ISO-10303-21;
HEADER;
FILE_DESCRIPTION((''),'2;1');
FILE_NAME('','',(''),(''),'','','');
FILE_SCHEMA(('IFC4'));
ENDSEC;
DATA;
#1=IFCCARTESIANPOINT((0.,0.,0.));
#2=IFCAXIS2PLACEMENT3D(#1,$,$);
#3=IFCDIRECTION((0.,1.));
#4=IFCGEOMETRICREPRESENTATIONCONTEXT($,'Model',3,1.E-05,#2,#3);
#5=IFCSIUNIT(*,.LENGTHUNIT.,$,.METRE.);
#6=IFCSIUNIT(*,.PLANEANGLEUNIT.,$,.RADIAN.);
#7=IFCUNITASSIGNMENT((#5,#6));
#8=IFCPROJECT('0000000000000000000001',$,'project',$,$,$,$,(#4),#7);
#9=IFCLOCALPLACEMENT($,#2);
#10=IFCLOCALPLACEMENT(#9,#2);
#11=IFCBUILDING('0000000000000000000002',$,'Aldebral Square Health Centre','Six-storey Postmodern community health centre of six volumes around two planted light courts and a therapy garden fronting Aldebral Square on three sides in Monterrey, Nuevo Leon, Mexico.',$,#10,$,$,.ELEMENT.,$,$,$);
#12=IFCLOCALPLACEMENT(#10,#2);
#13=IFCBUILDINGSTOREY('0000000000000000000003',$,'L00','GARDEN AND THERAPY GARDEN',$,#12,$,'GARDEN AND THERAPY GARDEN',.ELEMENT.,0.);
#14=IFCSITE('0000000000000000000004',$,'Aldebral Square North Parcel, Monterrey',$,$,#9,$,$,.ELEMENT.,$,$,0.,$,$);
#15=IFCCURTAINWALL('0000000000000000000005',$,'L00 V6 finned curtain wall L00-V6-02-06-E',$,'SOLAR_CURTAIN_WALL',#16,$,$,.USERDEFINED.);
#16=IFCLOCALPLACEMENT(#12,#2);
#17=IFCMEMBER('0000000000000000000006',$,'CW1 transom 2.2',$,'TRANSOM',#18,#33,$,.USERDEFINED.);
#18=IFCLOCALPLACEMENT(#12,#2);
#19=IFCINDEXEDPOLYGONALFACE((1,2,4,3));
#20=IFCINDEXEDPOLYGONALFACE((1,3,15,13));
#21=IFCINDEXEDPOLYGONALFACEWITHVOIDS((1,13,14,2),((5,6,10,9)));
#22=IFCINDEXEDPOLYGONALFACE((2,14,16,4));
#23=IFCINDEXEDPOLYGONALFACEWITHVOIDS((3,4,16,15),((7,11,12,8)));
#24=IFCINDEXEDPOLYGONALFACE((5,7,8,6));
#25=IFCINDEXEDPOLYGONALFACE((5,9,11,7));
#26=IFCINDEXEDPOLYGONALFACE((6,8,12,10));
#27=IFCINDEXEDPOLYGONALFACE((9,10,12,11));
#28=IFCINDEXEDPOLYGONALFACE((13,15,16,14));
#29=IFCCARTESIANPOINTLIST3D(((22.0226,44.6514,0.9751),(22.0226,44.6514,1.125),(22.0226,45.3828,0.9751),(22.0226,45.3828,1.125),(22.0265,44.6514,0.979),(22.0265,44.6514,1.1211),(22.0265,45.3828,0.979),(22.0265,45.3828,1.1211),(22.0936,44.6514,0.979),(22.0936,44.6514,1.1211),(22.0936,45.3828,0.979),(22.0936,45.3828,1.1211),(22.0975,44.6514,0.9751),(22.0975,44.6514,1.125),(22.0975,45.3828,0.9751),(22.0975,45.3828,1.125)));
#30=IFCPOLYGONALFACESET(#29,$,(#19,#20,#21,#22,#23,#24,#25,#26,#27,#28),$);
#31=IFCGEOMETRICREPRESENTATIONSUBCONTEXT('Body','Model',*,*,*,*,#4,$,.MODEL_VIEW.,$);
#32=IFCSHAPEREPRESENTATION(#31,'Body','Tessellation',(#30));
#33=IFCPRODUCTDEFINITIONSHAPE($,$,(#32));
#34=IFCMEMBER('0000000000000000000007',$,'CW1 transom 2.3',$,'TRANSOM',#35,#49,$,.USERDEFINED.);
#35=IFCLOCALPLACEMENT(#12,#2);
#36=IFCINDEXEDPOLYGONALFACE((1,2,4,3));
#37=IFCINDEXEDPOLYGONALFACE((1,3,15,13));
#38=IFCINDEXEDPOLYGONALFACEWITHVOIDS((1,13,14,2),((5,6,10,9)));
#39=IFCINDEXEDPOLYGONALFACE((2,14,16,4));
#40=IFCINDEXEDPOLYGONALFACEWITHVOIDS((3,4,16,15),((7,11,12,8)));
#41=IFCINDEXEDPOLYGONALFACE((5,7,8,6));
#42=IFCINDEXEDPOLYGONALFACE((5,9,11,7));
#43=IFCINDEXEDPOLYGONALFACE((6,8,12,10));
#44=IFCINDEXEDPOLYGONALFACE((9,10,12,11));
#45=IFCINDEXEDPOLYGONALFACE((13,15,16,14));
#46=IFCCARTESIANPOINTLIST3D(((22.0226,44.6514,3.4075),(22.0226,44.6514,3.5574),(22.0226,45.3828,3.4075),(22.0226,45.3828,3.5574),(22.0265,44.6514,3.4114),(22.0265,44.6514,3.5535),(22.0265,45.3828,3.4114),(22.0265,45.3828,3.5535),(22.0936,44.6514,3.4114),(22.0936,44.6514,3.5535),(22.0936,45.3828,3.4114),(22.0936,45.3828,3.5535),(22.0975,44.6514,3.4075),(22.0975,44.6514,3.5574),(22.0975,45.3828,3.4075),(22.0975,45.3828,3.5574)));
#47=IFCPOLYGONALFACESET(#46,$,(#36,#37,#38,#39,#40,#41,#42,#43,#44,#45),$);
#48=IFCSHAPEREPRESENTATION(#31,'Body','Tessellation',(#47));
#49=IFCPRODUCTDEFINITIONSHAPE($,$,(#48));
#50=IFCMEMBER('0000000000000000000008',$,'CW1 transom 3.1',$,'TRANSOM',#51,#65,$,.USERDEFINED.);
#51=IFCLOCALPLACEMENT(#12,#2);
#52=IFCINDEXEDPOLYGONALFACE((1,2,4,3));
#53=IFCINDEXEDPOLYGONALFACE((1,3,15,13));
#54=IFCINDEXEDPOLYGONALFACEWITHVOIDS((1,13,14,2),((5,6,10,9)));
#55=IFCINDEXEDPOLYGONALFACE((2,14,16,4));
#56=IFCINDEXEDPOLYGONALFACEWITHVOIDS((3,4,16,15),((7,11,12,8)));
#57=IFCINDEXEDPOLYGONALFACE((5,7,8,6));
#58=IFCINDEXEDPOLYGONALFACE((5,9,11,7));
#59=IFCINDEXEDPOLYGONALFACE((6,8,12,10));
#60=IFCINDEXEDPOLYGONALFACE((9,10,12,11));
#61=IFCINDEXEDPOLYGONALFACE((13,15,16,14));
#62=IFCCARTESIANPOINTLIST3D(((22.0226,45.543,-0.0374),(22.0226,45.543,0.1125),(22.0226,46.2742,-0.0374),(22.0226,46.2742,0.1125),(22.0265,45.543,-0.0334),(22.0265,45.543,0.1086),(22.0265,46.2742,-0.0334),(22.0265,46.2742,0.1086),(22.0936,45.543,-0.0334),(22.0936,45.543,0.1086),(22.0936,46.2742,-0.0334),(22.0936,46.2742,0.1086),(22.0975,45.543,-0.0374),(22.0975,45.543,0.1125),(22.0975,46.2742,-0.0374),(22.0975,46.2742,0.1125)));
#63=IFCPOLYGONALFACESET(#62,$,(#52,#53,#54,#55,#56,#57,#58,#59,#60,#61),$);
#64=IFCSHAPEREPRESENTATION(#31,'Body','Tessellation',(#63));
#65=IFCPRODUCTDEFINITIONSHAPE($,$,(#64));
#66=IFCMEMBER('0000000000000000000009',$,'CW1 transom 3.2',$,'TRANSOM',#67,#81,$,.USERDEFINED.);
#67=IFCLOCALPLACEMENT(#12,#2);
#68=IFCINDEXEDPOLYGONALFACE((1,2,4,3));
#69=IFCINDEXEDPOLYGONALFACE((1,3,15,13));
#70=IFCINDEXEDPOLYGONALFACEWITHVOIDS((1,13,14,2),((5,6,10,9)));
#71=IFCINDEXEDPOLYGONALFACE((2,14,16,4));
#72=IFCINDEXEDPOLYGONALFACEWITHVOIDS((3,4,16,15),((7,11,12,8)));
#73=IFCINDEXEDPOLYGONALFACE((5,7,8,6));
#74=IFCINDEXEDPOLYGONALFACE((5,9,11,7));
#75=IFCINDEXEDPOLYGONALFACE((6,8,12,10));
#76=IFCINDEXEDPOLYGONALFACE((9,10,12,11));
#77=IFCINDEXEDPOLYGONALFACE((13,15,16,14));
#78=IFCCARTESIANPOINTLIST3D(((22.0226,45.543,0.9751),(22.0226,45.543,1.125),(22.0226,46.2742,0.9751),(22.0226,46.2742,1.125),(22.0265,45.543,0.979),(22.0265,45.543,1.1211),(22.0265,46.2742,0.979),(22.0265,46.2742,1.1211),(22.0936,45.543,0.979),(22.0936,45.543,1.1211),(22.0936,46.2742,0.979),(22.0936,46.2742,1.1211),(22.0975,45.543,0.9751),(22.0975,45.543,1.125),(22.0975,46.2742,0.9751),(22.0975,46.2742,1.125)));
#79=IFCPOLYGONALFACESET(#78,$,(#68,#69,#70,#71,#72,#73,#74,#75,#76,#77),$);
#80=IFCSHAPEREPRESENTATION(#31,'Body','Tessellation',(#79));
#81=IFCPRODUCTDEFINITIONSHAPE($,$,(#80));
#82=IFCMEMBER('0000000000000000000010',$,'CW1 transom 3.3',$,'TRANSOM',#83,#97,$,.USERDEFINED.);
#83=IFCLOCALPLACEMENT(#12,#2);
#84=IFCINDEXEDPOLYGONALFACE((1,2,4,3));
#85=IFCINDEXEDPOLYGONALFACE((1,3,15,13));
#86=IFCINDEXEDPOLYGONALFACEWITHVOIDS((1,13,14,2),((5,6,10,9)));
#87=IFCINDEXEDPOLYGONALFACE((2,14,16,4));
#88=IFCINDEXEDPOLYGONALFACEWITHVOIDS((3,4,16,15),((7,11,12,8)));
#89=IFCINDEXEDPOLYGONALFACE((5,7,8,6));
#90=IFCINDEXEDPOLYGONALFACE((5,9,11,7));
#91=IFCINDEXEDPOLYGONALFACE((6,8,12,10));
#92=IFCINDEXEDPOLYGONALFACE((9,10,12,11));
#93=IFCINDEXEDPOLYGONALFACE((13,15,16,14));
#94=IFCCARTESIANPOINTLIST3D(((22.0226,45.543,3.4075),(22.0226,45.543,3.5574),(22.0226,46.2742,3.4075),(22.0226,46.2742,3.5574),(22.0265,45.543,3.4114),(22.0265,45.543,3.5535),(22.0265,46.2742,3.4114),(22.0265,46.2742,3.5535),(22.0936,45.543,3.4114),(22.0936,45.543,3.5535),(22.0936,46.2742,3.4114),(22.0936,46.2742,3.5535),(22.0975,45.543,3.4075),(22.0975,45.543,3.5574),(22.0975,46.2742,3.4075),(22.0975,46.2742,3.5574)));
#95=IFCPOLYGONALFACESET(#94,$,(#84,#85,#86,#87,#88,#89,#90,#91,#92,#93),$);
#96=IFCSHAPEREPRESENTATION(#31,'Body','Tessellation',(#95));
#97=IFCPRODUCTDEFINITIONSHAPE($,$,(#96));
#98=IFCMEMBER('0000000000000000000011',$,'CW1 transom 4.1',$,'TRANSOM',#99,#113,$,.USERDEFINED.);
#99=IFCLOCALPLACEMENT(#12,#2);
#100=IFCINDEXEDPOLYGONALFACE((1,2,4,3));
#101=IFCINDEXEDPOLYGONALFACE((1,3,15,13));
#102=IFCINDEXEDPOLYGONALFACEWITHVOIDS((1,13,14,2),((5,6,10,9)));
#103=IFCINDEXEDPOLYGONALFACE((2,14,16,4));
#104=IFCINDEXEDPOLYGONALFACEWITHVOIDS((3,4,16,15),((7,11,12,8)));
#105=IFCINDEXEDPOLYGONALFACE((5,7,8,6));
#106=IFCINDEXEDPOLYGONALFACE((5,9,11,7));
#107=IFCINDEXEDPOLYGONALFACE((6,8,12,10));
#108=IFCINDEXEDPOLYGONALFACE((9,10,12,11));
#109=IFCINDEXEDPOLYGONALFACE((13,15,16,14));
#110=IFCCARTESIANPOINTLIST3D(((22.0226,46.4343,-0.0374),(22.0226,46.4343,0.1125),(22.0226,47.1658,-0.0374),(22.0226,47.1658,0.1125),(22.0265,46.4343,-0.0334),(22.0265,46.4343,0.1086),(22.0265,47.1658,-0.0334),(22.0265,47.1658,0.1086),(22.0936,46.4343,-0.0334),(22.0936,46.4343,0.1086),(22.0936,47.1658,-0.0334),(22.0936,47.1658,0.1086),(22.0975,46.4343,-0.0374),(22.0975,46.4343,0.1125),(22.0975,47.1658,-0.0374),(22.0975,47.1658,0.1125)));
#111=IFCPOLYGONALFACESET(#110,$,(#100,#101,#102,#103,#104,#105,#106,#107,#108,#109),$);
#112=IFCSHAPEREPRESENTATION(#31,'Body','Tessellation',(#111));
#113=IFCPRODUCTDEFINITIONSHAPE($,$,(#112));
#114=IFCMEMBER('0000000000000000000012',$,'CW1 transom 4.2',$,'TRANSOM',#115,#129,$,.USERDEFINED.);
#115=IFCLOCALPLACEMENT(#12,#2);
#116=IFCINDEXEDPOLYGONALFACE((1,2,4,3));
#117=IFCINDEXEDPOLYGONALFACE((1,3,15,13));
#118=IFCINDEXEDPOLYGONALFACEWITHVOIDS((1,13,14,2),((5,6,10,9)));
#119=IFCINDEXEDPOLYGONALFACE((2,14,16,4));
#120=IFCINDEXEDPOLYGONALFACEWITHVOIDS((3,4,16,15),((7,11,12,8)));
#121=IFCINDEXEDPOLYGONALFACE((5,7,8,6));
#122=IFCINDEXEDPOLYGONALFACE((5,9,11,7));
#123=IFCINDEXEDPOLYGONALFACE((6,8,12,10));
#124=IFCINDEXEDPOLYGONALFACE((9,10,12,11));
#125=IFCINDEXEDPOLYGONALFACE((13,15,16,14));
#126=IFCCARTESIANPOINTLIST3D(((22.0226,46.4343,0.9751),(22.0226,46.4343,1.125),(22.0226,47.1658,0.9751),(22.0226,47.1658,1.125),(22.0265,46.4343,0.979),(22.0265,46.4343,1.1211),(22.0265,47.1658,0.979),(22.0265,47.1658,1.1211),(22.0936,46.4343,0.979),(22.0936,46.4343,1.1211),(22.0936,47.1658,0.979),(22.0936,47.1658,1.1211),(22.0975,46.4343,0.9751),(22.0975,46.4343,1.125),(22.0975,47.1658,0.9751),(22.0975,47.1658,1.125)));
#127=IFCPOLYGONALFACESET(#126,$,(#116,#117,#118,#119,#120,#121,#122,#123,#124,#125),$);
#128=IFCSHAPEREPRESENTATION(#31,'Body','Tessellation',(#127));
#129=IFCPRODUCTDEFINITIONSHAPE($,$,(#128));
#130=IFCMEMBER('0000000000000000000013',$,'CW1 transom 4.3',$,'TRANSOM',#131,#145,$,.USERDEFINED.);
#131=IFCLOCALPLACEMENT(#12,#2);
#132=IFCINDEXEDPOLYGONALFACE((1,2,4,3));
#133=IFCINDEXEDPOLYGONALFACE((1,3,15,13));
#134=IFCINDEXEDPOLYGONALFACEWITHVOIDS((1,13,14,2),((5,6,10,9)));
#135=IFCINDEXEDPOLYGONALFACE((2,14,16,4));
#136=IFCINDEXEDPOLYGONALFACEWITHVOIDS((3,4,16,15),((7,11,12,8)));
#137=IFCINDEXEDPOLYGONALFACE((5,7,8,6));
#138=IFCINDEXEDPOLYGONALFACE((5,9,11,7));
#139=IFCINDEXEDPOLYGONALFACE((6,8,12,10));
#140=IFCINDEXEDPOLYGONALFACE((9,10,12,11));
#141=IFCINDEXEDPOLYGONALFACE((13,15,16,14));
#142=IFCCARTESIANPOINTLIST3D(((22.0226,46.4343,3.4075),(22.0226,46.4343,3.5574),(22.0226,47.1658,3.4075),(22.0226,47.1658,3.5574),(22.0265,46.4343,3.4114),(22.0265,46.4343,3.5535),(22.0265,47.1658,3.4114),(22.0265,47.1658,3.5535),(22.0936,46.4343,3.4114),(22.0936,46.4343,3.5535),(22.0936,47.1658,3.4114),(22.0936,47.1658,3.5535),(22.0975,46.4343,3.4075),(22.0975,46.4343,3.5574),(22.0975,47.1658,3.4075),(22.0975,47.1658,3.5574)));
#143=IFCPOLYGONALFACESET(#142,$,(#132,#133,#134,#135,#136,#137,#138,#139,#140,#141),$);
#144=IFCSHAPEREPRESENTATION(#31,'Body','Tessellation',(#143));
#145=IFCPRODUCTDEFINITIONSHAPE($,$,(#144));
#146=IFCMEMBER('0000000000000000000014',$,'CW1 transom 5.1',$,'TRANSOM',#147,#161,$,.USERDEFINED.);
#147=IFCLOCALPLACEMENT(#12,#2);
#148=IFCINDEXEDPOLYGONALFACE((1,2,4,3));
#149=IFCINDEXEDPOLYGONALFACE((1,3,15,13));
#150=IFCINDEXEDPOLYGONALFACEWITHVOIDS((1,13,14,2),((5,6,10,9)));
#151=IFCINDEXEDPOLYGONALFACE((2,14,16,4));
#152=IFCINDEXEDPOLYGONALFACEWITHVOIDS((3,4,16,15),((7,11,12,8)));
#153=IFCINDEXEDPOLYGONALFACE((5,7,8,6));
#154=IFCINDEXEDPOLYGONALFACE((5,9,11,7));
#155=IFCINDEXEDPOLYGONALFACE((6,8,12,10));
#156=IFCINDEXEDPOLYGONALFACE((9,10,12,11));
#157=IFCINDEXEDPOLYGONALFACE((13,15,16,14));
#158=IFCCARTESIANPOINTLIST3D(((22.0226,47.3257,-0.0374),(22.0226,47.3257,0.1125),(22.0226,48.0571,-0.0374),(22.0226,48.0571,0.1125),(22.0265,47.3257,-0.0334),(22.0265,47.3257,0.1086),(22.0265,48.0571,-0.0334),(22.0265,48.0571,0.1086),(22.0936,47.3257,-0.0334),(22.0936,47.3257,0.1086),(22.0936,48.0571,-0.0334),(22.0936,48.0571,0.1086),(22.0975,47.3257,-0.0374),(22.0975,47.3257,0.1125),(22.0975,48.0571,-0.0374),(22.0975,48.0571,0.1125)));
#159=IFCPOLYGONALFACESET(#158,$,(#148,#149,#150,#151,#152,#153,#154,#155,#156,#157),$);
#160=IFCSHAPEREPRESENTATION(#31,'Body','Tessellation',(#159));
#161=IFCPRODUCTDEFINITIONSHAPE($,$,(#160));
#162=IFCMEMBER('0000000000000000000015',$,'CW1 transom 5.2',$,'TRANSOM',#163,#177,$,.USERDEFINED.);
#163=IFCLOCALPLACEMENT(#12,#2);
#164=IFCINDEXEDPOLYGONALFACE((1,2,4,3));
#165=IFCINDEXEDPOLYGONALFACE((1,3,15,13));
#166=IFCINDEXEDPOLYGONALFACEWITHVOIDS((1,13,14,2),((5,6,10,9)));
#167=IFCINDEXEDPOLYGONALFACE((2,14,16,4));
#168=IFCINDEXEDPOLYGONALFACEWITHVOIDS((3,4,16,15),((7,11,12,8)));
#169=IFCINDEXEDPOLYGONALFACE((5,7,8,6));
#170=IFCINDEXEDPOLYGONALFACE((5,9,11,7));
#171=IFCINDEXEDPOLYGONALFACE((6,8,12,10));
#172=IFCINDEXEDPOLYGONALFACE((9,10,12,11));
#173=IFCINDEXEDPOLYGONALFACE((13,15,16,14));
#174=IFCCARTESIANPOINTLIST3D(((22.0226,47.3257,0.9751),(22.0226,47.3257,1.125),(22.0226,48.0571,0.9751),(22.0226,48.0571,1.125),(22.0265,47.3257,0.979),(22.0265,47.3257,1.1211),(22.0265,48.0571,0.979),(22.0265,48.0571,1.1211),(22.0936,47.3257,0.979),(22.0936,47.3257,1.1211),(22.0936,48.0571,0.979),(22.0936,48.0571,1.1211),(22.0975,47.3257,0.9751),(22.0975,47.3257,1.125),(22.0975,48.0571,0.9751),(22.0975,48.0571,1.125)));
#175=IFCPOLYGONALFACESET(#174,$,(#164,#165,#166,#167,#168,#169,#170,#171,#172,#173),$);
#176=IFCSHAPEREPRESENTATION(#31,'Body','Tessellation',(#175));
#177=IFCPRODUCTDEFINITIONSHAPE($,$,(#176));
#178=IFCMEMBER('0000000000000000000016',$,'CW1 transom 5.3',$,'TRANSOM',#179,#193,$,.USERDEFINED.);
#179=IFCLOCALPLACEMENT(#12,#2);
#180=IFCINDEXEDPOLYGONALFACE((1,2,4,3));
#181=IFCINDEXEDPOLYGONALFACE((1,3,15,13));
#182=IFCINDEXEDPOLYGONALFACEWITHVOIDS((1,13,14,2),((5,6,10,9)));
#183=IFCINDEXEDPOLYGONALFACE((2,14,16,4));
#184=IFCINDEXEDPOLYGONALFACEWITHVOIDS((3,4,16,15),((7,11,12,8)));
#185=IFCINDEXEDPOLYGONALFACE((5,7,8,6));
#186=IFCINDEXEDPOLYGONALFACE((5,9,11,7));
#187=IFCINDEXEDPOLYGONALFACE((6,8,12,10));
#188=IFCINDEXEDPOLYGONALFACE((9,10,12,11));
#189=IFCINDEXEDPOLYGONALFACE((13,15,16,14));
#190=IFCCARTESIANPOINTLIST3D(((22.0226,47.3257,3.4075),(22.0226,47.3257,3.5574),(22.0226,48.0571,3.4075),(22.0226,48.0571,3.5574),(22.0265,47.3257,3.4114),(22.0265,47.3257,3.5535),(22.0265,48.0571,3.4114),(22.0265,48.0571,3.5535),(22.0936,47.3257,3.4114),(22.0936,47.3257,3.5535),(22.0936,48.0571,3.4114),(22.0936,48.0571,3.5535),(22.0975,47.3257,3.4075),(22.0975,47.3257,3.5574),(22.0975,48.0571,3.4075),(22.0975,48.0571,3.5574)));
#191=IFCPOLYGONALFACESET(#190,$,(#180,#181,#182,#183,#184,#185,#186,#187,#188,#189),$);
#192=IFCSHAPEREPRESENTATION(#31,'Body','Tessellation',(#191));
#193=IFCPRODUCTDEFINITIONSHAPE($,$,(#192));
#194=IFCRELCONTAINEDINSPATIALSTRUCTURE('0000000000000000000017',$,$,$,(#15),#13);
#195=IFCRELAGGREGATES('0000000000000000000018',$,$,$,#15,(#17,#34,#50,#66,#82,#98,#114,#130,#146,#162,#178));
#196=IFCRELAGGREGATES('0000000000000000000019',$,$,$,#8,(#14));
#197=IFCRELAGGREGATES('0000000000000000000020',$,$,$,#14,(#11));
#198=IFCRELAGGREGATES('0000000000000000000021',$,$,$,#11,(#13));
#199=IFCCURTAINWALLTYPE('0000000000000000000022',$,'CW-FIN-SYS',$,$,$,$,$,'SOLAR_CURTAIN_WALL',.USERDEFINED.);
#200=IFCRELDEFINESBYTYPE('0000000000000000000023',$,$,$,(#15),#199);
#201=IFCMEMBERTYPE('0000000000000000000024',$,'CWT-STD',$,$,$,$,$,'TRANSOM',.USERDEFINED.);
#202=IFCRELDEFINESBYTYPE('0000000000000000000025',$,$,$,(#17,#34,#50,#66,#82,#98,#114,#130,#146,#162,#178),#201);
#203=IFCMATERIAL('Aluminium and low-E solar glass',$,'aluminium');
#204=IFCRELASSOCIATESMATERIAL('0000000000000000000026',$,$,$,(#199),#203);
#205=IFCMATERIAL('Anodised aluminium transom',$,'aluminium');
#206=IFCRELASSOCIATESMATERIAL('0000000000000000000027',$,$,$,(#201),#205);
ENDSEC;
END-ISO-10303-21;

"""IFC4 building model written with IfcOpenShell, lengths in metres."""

from ifc_helpers import new_model, si_unit, direction, frame, origin, origin_2d, place, context, subcontext, project, spatial, hollow_rectangle, extrude, material, material_profile, profile_set, type_object, element, aggregate, save


model = new_model("IFC4")

# Units and contexts
model_context = context("Model", 3, precision=1e-05, world=origin(), true_north=direction((0.0, 1.0)))
body_context = subcontext(model_context, "Body", "Model", "MODEL_VIEW")
ifc_project = project(units=[si_unit("LENGTHUNIT", "METRE"), si_unit("PLANEANGLEUNIT", "RADIAN")], contexts=[model_context])

# Site, building, storey
site_placement = place(None, origin())
site = spatial("IfcSite", under=ifc_project, at=site_placement, Name="Aldebral Square North Parcel, Monterrey", CompositionType="ELEMENT", RefElevation=0.0)
building_placement = place(site_placement, origin())
building = spatial("IfcBuilding", under=site, at=building_placement, Name="Aldebral Square Health Centre", Description="Six-storey Postmodern community health centre of six volumes around two planted light courts and a therapy garden fronting Aldebral Square on three sides in Monterrey, Nuevo Leon, Mexico.", CompositionType="ELEMENT")
storey_placement = place(building_placement, origin())
storey = spatial("IfcBuildingStorey", under=building, at=storey_placement, Name="L00", Description="GARDEN AND THERAPY GARDEN", LongName="GARDEN AND THERAPY GARDEN", CompositionType="ELEMENT", Elevation=0.0)

# Curtain wall, members
ifc_material_1 = material(Name="Aluminium and low-E solar glass", Category="aluminium")
curtain_wall_type = type_object("IfcCurtainWallType", Name="CW-FIN-SYS", ElementType="SOLAR_CURTAIN_WALL", PredefinedType="USERDEFINED", material=ifc_material_1)
curtain_wall_placement = place(storey_placement, origin())
curtain_wall = element("IfcCurtainWall", 1, at=curtain_wall_placement, inside=storey, type_object=curtain_wall_type, Name="L00 V6 finned curtain wall L00-V6-02-06-E", ObjectType="SOLAR_CURTAIN_WALL", PredefinedType="USERDEFINED")
ifc_material_2 = material(Name="Anodised aluminium transom", Category="aluminium")
ifc_material_profile_1 = material_profile(ifc_material_2, hollow_rectangle(XDim=0.075, YDim=0.1499, WallThickness=0.0039, at=origin_2d()), Name="CWT 75x150x4")
ifc_profile_set_1 = profile_set([ifc_material_profile_1], Name="Anodised aluminium transom")
member_type_1 = type_object("IfcMemberType", Name="CWT-STD", ElementType="TRANSOM", PredefinedType="USERDEFINED", material=ifc_profile_set_1)
member_1_placement = place(storey_placement, frame((22.0601, 44.6514, 1.05), z_axis=(0.0, 1.0, 0.0), x_axis=(-1.0, 0.0, 0.0)))
member_1 = element("IfcMember", 2, at=member_1_placement, type_object=member_type_1, Name="CW1 transom 2.2", ObjectType="TRANSOM", PredefinedType="USERDEFINED", context=body_context, shape_type="SweptSolid", body=[
    extrude(hollow_rectangle(XDim=0.075, YDim=0.1499, WallThickness=0.0039, at=origin_2d()), origin(), (0.0, 0.0, 1.0), 0.7314),
])
member_2_placement = place(storey_placement, frame((22.0601, 44.6514, 3.4824), z_axis=(0.0, 1.0, 0.0), x_axis=(-1.0, 0.0, 0.0)))
member_2 = element("IfcMember", 3, at=member_2_placement, type_object=member_type_1, Name="CW1 transom 2.3", ObjectType="TRANSOM", PredefinedType="USERDEFINED", context=body_context, shape_type="SweptSolid", body=[
    extrude(hollow_rectangle(XDim=0.075, YDim=0.1499, WallThickness=0.0039, at=origin_2d()), origin(), (0.0, 0.0, 1.0), 0.7314),
])
member_3_placement = place(storey_placement, frame((22.0601, 45.543, 0.0376), z_axis=(0.0, 1.0, 0.0), x_axis=(-1.0, 0.0, 0.0)))
member_3 = element("IfcMember", 4, at=member_3_placement, type_object=member_type_1, Name="CW1 transom 3.1", ObjectType="TRANSOM", PredefinedType="USERDEFINED", context=body_context, shape_type="SweptSolid", body=[
    extrude(hollow_rectangle(XDim=0.075, YDim=0.1499, WallThickness=0.0039, at=origin_2d()), origin(), (0.0, 0.0, 1.0), 0.7312),
])
member_4_placement = place(storey_placement, frame((22.0601, 45.543, 1.05), z_axis=(0.0, 1.0, 0.0), x_axis=(-1.0, 0.0, 0.0)))
member_4 = element("IfcMember", 5, at=member_4_placement, type_object=member_type_1, Name="CW1 transom 3.2", ObjectType="TRANSOM", PredefinedType="USERDEFINED", context=body_context, shape_type="SweptSolid", body=[
    extrude(hollow_rectangle(XDim=0.075, YDim=0.1499, WallThickness=0.0039, at=origin_2d()), origin(), (0.0, 0.0, 1.0), 0.7312),
])
member_5_placement = place(storey_placement, frame((22.0601, 45.543, 3.4824), z_axis=(0.0, 1.0, 0.0), x_axis=(-1.0, 0.0, 0.0)))
member_5 = element("IfcMember", 6, at=member_5_placement, type_object=member_type_1, Name="CW1 transom 3.3", ObjectType="TRANSOM", PredefinedType="USERDEFINED", context=body_context, shape_type="SweptSolid", body=[
    extrude(hollow_rectangle(XDim=0.075, YDim=0.1499, WallThickness=0.0039, at=origin_2d()), origin(), (0.0, 0.0, 1.0), 0.7312),
])
member_6_placement = place(storey_placement, frame((22.0601, 46.4343, 0.0376), z_axis=(0.0, 1.0, 0.0), x_axis=(-1.0, 0.0, 0.0)))
member_6 = element("IfcMember", 7, at=member_6_placement, type_object=member_type_1, Name="CW1 transom 4.1", ObjectType="TRANSOM", PredefinedType="USERDEFINED", context=body_context, shape_type="SweptSolid", body=[
    extrude(hollow_rectangle(XDim=0.075, YDim=0.1499, WallThickness=0.0039, at=origin_2d()), origin(), (0.0, 0.0, 1.0), 0.7314),
])
member_7_placement = place(storey_placement, frame((22.0601, 46.4343, 1.05), z_axis=(0.0, 1.0, 0.0), x_axis=(-1.0, 0.0, 0.0)))
member_7 = element("IfcMember", 8, at=member_7_placement, type_object=member_type_1, Name="CW1 transom 4.2", ObjectType="TRANSOM", PredefinedType="USERDEFINED", context=body_context, shape_type="SweptSolid", body=[
    extrude(hollow_rectangle(XDim=0.075, YDim=0.1499, WallThickness=0.0039, at=origin_2d()), origin(), (0.0, 0.0, 1.0), 0.7314),
])
member_8_placement = place(storey_placement, frame((22.0601, 46.4343, 3.4824), z_axis=(0.0, 1.0, 0.0), x_axis=(-1.0, 0.0, 0.0)))
member_8 = element("IfcMember", 9, at=member_8_placement, type_object=member_type_1, Name="CW1 transom 4.3", ObjectType="TRANSOM", PredefinedType="USERDEFINED", context=body_context, shape_type="SweptSolid", body=[
    extrude(hollow_rectangle(XDim=0.075, YDim=0.1499, WallThickness=0.0039, at=origin_2d()), origin(), (0.0, 0.0, 1.0), 0.7314),
])
member_9_placement = place(storey_placement, frame((22.0601, 47.3257, 0.0376), z_axis=(0.0, 1.0, 0.0), x_axis=(-1.0, 0.0, 0.0)))
member_9 = element("IfcMember", 10, at=member_9_placement, type_object=member_type_1, Name="CW1 transom 5.1", ObjectType="TRANSOM", PredefinedType="USERDEFINED", context=body_context, shape_type="SweptSolid", body=[
    extrude(hollow_rectangle(XDim=0.075, YDim=0.1499, WallThickness=0.0039, at=origin_2d()), origin(), (0.0, 0.0, 1.0), 0.7314),
])
member_10_placement = place(storey_placement, frame((22.0601, 47.3257, 1.05), z_axis=(0.0, 1.0, 0.0), x_axis=(-1.0, 0.0, 0.0)))
member_10 = element("IfcMember", 11, at=member_10_placement, type_object=member_type_1, Name="CW1 transom 5.2", ObjectType="TRANSOM", PredefinedType="USERDEFINED", context=body_context, shape_type="SweptSolid", body=[
    extrude(hollow_rectangle(XDim=0.075, YDim=0.1499, WallThickness=0.0039, at=origin_2d()), origin(), (0.0, 0.0, 1.0), 0.7314),
])
member_11_placement = place(storey_placement, frame((22.0601, 47.3257, 3.4824), z_axis=(0.0, 1.0, 0.0), x_axis=(-1.0, 0.0, 0.0)))
member_11 = element("IfcMember", 12, at=member_11_placement, type_object=member_type_1, Name="CW1 transom 5.3", ObjectType="TRANSOM", PredefinedType="USERDEFINED", context=body_context, shape_type="SweptSolid", body=[
    extrude(hollow_rectangle(XDim=0.075, YDim=0.1499, WallThickness=0.0039, at=origin_2d()), origin(), (0.0, 0.0, 1.0), 0.7314),
])
aggregate(curtain_wall, [member_1, member_2, member_3, member_4, member_5, member_6, member_7, member_8, member_9, member_10, member_11])

save(model, "model.ifc")
